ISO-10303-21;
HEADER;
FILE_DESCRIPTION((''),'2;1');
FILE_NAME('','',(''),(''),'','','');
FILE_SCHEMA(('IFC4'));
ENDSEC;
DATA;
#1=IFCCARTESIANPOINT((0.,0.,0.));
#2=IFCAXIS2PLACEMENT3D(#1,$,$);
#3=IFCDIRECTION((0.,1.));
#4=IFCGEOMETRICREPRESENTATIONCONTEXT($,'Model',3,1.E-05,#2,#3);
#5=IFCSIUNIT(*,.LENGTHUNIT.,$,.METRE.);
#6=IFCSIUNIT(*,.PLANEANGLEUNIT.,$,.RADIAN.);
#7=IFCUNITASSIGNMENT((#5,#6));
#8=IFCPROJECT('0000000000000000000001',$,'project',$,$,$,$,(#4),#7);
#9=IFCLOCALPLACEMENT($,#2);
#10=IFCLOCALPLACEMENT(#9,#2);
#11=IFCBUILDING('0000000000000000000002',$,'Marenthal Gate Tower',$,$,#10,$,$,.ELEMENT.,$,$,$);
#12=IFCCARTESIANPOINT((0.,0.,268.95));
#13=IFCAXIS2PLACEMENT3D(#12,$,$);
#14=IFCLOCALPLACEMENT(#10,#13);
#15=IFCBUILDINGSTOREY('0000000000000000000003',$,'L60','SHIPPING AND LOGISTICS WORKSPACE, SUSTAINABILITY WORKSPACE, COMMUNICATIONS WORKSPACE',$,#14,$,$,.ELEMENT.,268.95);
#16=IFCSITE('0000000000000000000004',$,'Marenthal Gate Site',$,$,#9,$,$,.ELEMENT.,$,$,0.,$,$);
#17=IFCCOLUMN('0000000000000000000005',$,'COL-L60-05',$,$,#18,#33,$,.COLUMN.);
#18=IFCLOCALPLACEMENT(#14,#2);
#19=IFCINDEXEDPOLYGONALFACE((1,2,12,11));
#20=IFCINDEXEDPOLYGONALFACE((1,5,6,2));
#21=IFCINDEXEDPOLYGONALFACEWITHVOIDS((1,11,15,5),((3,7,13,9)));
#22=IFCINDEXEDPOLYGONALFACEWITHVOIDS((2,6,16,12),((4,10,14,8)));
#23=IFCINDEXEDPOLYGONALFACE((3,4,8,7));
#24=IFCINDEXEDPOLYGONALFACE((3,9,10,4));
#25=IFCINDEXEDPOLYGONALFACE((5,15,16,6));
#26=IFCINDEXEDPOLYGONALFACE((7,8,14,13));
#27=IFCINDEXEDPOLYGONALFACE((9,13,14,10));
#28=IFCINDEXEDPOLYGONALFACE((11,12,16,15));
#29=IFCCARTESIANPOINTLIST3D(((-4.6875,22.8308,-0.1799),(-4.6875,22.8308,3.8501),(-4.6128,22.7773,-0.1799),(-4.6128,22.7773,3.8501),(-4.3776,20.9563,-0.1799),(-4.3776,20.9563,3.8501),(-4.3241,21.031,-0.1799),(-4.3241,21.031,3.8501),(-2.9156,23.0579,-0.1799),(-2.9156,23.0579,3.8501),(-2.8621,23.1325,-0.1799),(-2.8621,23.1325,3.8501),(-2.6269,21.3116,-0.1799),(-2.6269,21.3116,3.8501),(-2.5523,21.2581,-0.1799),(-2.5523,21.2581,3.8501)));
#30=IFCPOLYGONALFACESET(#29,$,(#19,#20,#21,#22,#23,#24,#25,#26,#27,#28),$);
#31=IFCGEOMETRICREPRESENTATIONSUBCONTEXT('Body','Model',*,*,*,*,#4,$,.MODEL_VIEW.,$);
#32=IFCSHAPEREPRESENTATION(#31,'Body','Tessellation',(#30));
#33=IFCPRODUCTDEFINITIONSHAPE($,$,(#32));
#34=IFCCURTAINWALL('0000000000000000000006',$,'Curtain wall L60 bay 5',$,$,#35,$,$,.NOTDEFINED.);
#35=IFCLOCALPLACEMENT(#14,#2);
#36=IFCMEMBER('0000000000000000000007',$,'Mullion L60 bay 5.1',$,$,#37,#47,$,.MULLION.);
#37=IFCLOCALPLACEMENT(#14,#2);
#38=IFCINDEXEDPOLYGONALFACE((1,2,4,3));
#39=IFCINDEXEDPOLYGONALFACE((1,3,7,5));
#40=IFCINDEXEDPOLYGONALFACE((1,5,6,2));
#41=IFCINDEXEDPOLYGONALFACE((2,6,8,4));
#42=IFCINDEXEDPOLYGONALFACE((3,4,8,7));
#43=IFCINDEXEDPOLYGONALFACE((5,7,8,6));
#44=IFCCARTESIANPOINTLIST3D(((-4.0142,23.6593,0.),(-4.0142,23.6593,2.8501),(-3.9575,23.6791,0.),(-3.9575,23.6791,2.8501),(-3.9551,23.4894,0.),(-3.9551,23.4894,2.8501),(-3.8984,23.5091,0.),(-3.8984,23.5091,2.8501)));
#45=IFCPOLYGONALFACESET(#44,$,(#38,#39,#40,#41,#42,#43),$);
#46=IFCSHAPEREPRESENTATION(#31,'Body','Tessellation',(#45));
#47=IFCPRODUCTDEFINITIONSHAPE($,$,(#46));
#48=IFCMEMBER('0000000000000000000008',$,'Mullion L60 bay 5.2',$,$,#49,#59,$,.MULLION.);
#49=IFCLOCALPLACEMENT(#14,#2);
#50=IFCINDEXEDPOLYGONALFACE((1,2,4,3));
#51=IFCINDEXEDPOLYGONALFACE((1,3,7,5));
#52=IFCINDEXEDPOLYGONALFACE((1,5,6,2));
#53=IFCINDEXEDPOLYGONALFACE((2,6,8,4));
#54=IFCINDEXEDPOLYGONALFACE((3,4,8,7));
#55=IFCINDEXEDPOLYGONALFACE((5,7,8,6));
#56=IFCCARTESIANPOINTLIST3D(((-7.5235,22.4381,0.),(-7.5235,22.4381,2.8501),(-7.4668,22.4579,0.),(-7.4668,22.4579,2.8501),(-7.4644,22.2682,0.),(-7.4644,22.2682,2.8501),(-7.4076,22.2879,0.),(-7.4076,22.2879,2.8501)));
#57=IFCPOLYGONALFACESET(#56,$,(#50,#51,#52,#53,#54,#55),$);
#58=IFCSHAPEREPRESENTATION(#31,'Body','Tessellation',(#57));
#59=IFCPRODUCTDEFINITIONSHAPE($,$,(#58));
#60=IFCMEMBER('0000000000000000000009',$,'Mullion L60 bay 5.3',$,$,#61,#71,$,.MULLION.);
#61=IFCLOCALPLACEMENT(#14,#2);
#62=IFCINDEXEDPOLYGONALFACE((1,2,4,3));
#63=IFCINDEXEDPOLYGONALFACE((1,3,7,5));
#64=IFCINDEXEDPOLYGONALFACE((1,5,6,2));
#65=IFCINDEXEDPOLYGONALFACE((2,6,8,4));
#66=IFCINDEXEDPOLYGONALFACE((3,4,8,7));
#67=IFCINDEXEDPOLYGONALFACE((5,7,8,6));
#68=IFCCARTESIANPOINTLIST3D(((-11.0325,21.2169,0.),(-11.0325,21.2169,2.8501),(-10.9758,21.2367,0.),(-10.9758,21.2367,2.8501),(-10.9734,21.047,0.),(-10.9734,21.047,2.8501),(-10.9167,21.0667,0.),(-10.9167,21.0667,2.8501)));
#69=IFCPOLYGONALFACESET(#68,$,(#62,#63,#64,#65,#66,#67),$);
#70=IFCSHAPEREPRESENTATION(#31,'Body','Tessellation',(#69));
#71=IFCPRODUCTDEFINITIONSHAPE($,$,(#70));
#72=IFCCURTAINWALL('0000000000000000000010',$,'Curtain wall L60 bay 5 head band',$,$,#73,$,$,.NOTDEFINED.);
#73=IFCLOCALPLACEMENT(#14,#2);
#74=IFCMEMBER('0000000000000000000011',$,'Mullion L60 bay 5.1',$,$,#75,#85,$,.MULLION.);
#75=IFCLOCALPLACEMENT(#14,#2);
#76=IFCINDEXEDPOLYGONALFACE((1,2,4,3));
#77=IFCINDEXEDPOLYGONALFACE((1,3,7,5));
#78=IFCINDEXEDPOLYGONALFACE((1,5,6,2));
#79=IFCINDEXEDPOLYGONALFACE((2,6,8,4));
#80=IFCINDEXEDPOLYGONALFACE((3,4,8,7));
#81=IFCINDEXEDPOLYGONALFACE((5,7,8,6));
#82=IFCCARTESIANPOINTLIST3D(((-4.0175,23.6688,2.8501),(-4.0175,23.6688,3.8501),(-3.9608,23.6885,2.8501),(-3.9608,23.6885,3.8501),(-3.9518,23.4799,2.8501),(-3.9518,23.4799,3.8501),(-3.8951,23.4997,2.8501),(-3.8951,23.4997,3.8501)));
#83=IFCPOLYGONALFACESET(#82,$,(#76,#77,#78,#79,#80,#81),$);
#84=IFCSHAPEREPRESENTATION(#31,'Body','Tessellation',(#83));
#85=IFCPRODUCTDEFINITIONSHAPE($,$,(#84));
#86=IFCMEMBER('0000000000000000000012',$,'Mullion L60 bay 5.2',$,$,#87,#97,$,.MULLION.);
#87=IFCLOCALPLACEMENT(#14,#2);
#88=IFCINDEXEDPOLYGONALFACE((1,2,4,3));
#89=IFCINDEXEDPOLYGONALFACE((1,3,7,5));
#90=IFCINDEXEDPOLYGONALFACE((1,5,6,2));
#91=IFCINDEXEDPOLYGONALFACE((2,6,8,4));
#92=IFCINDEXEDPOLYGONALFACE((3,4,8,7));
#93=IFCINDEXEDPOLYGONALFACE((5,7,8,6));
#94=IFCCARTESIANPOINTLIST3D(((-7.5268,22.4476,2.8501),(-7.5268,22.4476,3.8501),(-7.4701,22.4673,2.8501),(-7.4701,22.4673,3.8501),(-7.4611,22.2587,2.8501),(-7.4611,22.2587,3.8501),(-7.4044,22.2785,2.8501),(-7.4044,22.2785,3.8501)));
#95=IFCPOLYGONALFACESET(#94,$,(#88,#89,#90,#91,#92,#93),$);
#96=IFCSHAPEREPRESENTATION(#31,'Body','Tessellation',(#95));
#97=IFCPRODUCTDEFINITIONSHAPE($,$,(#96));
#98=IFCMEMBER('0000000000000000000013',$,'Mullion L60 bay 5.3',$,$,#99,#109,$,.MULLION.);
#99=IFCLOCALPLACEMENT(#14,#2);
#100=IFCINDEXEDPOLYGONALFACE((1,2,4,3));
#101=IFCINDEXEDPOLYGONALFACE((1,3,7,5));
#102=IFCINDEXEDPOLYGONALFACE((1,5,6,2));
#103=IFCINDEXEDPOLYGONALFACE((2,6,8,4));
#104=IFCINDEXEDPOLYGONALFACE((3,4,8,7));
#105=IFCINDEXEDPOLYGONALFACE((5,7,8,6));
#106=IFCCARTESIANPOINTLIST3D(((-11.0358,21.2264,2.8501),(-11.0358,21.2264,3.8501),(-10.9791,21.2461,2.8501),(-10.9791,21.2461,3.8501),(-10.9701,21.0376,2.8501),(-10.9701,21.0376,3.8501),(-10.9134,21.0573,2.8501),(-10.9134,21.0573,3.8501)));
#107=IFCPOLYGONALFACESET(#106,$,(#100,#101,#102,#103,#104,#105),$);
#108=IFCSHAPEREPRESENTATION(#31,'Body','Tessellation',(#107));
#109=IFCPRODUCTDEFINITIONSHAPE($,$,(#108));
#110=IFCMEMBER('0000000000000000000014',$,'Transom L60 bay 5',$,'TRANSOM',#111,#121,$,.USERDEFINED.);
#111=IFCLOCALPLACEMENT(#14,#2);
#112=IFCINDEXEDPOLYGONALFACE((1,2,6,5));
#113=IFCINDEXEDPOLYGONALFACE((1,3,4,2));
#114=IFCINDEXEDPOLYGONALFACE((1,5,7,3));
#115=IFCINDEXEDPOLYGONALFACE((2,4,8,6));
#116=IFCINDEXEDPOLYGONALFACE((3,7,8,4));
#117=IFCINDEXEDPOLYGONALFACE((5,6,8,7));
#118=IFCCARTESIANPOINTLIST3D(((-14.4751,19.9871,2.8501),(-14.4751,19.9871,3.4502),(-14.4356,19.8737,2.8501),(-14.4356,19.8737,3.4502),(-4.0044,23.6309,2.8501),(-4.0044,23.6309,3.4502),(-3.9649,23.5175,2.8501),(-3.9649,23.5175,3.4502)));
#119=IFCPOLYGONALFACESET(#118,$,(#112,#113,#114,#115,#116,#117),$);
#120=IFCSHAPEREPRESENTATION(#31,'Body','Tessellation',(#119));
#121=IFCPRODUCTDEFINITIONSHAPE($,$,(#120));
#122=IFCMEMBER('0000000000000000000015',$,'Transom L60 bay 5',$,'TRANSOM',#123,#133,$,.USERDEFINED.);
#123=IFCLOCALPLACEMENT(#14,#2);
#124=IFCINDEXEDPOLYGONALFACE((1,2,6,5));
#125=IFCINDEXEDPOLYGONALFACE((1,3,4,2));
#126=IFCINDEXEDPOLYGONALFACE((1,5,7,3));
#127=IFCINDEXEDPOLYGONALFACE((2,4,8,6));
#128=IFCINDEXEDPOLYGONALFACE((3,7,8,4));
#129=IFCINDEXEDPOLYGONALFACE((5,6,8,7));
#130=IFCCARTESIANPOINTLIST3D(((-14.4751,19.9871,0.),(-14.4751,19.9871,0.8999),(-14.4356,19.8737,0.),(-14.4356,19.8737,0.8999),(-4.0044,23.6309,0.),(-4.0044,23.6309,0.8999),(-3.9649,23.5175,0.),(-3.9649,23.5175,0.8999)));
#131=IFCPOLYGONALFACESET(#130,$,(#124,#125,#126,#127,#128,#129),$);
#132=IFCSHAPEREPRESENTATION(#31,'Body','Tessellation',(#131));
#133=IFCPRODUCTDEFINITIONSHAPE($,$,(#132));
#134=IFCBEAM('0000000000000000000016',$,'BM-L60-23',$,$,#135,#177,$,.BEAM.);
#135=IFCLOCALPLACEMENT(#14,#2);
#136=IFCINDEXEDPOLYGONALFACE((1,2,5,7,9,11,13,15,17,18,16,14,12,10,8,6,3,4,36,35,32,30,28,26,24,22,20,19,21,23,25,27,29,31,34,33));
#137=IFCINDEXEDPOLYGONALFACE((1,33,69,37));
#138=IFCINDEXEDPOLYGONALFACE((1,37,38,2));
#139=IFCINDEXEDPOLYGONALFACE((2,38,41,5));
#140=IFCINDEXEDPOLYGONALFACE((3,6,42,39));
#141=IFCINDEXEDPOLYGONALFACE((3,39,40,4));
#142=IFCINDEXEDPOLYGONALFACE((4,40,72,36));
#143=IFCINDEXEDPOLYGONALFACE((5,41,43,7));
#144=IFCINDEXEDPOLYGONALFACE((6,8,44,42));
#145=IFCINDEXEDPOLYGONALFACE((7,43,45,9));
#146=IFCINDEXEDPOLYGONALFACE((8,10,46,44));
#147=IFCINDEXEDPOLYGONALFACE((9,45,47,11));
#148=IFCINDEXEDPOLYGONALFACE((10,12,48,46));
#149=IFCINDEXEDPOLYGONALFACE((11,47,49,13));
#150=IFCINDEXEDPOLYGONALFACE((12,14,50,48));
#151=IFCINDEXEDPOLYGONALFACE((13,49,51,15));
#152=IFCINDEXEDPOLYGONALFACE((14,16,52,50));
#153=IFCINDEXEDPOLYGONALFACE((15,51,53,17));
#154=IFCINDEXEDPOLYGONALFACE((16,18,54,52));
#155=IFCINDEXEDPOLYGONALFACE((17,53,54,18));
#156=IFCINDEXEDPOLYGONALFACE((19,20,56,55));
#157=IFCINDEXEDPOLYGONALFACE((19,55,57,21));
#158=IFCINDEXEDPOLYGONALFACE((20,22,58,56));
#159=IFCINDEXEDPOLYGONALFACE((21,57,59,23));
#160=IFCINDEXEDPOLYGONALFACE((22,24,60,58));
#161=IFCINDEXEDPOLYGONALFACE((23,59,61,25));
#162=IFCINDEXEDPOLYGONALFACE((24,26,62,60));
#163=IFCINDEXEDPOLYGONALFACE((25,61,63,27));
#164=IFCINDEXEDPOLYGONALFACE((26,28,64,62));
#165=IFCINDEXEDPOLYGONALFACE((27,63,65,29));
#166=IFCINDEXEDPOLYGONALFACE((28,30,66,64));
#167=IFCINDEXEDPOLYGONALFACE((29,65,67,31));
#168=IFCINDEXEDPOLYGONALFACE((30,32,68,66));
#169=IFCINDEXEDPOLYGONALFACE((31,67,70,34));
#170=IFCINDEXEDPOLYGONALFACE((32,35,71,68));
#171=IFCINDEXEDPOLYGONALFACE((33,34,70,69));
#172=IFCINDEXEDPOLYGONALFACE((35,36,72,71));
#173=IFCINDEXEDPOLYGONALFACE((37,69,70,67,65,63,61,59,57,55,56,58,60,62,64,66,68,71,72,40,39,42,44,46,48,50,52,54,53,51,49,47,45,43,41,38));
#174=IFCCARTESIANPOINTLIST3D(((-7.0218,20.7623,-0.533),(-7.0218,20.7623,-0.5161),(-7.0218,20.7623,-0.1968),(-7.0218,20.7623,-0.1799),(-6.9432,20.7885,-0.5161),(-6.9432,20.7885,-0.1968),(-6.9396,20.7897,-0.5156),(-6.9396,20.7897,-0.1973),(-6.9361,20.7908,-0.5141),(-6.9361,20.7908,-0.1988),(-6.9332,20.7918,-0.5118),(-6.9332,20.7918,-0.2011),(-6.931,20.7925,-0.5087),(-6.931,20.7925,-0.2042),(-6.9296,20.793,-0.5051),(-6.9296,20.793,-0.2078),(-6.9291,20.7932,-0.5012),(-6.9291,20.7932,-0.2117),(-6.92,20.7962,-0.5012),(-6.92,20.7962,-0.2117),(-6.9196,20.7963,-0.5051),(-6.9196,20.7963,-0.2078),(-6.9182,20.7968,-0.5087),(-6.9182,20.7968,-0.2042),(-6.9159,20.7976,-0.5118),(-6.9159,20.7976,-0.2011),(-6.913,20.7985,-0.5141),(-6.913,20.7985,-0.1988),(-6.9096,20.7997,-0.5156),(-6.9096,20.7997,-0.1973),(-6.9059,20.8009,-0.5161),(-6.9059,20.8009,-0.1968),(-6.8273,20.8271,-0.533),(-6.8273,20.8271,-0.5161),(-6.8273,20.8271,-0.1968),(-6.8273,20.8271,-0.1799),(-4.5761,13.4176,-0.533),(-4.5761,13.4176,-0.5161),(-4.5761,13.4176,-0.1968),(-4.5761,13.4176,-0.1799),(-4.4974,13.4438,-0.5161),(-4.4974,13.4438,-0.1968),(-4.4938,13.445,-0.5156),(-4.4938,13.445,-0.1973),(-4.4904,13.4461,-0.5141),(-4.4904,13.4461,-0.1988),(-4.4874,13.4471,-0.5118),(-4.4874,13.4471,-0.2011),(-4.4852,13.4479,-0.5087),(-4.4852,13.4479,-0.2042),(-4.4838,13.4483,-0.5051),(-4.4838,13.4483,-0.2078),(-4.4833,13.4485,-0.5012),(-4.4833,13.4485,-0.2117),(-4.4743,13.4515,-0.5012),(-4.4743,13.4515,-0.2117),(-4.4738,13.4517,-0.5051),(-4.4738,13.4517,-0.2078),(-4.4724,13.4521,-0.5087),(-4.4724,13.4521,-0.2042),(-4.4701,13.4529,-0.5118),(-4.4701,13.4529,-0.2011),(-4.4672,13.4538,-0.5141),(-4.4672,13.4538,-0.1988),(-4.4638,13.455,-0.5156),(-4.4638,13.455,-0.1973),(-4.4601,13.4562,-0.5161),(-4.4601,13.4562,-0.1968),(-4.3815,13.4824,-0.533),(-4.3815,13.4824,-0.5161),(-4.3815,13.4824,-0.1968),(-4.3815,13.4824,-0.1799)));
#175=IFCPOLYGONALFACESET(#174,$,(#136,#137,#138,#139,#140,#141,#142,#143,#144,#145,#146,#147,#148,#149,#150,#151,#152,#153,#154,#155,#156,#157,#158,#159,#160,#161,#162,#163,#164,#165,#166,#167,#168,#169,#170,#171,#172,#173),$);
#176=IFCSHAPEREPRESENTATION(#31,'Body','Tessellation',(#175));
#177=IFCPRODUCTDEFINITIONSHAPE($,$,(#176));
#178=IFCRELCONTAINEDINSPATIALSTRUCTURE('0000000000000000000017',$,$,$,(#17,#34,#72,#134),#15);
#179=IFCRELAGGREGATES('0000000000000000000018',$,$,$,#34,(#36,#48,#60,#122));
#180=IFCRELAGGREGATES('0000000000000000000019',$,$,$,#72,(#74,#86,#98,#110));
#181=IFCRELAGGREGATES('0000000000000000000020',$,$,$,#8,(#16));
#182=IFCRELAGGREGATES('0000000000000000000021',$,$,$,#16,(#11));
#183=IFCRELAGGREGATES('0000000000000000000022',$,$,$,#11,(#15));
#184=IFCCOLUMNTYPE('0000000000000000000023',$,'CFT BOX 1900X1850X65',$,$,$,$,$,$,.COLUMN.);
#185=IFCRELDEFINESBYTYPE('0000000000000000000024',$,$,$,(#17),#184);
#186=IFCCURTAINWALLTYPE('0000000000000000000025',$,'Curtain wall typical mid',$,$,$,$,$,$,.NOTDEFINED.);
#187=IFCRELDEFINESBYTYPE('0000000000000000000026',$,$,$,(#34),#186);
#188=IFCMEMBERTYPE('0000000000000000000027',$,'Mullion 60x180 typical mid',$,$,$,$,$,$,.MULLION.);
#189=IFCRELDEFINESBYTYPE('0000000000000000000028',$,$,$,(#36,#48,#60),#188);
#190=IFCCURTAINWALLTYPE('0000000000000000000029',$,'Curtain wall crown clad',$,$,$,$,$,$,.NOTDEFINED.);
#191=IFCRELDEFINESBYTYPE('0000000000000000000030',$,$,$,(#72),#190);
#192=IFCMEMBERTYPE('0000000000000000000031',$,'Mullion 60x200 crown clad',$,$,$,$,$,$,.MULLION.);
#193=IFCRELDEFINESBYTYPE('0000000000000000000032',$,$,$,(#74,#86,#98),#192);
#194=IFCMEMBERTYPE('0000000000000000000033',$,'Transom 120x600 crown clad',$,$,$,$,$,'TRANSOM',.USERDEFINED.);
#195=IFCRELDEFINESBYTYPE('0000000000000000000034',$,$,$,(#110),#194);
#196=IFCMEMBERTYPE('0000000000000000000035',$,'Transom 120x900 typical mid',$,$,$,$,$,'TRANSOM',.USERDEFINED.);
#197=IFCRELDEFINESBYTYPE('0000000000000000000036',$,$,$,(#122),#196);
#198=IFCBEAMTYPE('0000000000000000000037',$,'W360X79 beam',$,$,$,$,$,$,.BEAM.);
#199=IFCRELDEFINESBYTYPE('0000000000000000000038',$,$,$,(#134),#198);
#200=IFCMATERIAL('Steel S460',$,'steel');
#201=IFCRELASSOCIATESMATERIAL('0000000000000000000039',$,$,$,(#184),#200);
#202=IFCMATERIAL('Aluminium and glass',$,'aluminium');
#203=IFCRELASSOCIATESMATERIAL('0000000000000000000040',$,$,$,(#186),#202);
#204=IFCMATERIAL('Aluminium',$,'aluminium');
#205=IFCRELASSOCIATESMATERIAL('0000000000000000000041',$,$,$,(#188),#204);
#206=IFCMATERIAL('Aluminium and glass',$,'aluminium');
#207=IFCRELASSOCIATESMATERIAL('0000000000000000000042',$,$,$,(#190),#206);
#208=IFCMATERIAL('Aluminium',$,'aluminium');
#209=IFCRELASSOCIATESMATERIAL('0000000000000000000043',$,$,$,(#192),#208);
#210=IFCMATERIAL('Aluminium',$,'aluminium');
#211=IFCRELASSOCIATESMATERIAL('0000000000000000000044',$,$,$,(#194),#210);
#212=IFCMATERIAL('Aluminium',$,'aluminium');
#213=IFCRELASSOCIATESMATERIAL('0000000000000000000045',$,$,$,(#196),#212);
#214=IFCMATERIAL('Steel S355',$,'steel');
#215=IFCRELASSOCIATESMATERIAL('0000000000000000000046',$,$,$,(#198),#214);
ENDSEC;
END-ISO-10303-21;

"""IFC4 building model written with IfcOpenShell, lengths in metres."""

from ifc_helpers import new_model, si_unit, direction, frame, origin, origin_2d, place, context, subcontext, project, spatial, rectangle, hollow_rectangle, i_section, extrude, material, material_profile, profile_set, type_object, element, aggregate, save


model = new_model("IFC4")

# Units and contexts
model_context = context("Model", 3, precision=1e-05, world=origin(), true_north=direction((0.0, 1.0)))
body_context = subcontext(model_context, "Body", "Model", "MODEL_VIEW")
ifc_project = project(units=[si_unit("LENGTHUNIT", "METRE"), si_unit("PLANEANGLEUNIT", "RADIAN")], contexts=[model_context])

# Site, building, storey
site_placement = place(None, origin())
site = spatial("IfcSite", under=ifc_project, at=site_placement, Name="Marenthal Gate Site", CompositionType="ELEMENT", RefElevation=0.0)
building_placement = place(site_placement, origin())
building = spatial("IfcBuilding", under=site, at=building_placement, Name="Marenthal Gate Tower", CompositionType="ELEMENT")
storey_placement = place(building_placement, frame((0.0, 0.0, 268.95)))
storey = spatial("IfcBuildingStorey", under=building, at=storey_placement, Name="L60", Description="SHIPPING AND LOGISTICS WORKSPACE, SUSTAINABILITY WORKSPACE, COMMUNICATIONS WORKSPACE", CompositionType="ELEMENT", Elevation=268.95)

# Column
ifc_material_1 = material(Name="Steel S460", Category="steel")
ifc_material_profile_1 = material_profile(ifc_material_1, hollow_rectangle(XDim=1.8501, YDim=1.8999, WallThickness=0.0649, at=origin_2d()), Name="CFT BOX 1900X1850X65")
ifc_material_2 = material(Name="Concrete 70 MPa", Category="concrete")
ifc_material_profile_2 = material_profile(ifc_material_2, rectangle(XDim=1.72, YDim=1.77, at=origin_2d()), Name="CFT BOX 1900X1850X65 INFILL")
ifc_profile_set_1 = profile_set([ifc_material_profile_1, ifc_material_profile_2], Name="Steel S460 shell, Concrete 70 MPa infill")
column_type = type_object("IfcColumnType", Name="CFT BOX 1900X1850X65", PredefinedType="COLUMN", material=ifc_profile_set_1)
column_placement = place(storey_placement, frame((-3.6199, 22.0444, -0.1799), z_axis=(0.0, 0.0, 1.0), x_axis=(0.98661, 0.163097, 0.0)))
element("IfcColumn", 1, at=column_placement, inside=storey, type_object=column_type, Name="COL-L60-05", PredefinedType="COLUMN", context=body_context, shape_type="SweptSolid", body=[
    extrude(hollow_rectangle(XDim=1.8501, YDim=1.8999, WallThickness=0.0649, at=origin_2d()), origin(), (0.0, 0.0, 1.0), 4.03),
])

# Curtain walls, members
ifc_material_3 = material(Name="Aluminium and glass", Category="aluminium")
curtain_wall_type_1 = type_object("IfcCurtainWallType", Name="Curtain wall typical mid", PredefinedType="NOTDEFINED", material=ifc_material_3)
curtain_wall_1_placement = place(storey_placement, origin())
curtain_wall_1 = element("IfcCurtainWall", 2, at=curtain_wall_1_placement, inside=storey, type_object=curtain_wall_type_1, Name="Curtain wall L60 bay 5", PredefinedType="NOTDEFINED")
ifc_material_4 = material(Name="Aluminium", Category="aluminium")
ifc_material_profile_3 = material_profile(ifc_material_4, rectangle(XDim=0.1799, YDim=0.0601, at=origin_2d()), Name="60x180 aluminium mullion")
ifc_profile_set_2 = profile_set([ifc_material_profile_3], Name="Aluminium")
member_type_1 = type_object("IfcMemberType", Name="Mullion 60x180 typical mid", PredefinedType="MULLION", material=ifc_profile_set_2)
member_1_placement = place(storey_placement, frame((-3.9563, 23.5842, 0.0), z_axis=(0.0, 0.0, 1.0), x_axis=(0.32867, -0.944445, 0.0)))
member_1 = element("IfcMember", 3, at=member_1_placement, type_object=member_type_1, Name="Mullion L60 bay 5.1", PredefinedType="MULLION", context=body_context, shape_type="SweptSolid", body=[
    extrude(rectangle(XDim=0.1799, YDim=0.0601, at=origin_2d()), origin(), (0.0, 0.0, 1.0), 2.8501),
])
member_2_placement = place(storey_placement, frame((-7.4656, 22.363, 0.0), z_axis=(0.0, 0.0, 1.0), x_axis=(0.32867, -0.944445, 0.0)))
member_2 = element("IfcMember", 4, at=member_2_placement, type_object=member_type_1, Name="Mullion L60 bay 5.2", PredefinedType="MULLION", context=body_context, shape_type="SweptSolid", body=[
    extrude(rectangle(XDim=0.1799, YDim=0.0601, at=origin_2d()), origin(), (0.0, 0.0, 1.0), 2.8501),
])
member_3_placement = place(storey_placement, frame((-10.9746, 21.1418, 0.0), z_axis=(0.0, 0.0, 1.0), x_axis=(0.32867, -0.944445, 0.0)))
member_3 = element("IfcMember", 5, at=member_3_placement, type_object=member_type_1, Name="Mullion L60 bay 5.3", PredefinedType="MULLION", context=body_context, shape_type="SweptSolid", body=[
    extrude(rectangle(XDim=0.1799, YDim=0.0601, at=origin_2d()), origin(), (0.0, 0.0, 1.0), 2.8501),
])
ifc_material_5 = material(Name="Aluminium and glass", Category="aluminium")
curtain_wall_type_2 = type_object("IfcCurtainWallType", Name="Curtain wall crown clad", PredefinedType="NOTDEFINED", material=ifc_material_5)
curtain_wall_2_placement = place(storey_placement, origin())
curtain_wall_2 = element("IfcCurtainWall", 6, at=curtain_wall_2_placement, inside=storey, type_object=curtain_wall_type_2, Name="Curtain wall L60 bay 5 head band", PredefinedType="NOTDEFINED")
ifc_material_6 = material(Name="Aluminium", Category="aluminium")
ifc_material_profile_4 = material_profile(ifc_material_6, rectangle(XDim=0.2, YDim=0.0601, at=origin_2d()), Name="60x200 aluminium mullion")
ifc_profile_set_3 = profile_set([ifc_material_profile_4], Name="Aluminium")
member_type_2 = type_object("IfcMemberType", Name="Mullion 60x200 crown clad", PredefinedType="MULLION", material=ifc_profile_set_3)
member_4_placement = place(storey_placement, frame((-3.9563, 23.5842, 2.8501), z_axis=(0.0, 0.0, 1.0), x_axis=(0.32867, -0.944445, 0.0)))
member_4 = element("IfcMember", 7, at=member_4_placement, type_object=member_type_2, Name="Mullion L60 bay 5.1", PredefinedType="MULLION", context=body_context, shape_type="SweptSolid", body=[
    extrude(rectangle(XDim=0.2, YDim=0.0601, at=origin_2d()), origin(), (0.0, 0.0, 1.0), 1.0),
])
member_5_placement = place(storey_placement, frame((-7.4656, 22.363, 2.8501), z_axis=(0.0, 0.0, 1.0), x_axis=(0.32867, -0.944445, 0.0)))
member_5 = element("IfcMember", 8, at=member_5_placement, type_object=member_type_2, Name="Mullion L60 bay 5.2", PredefinedType="MULLION", context=body_context, shape_type="SweptSolid", body=[
    extrude(rectangle(XDim=0.2, YDim=0.0601, at=origin_2d()), origin(), (0.0, 0.0, 1.0), 1.0),
])
member_6_placement = place(storey_placement, frame((-10.9746, 21.1418, 2.8501), z_axis=(0.0, 0.0, 1.0), x_axis=(0.32867, -0.944445, 0.0)))
member_6 = element("IfcMember", 9, at=member_6_placement, type_object=member_type_2, Name="Mullion L60 bay 5.3", PredefinedType="MULLION", context=body_context, shape_type="SweptSolid", body=[
    extrude(rectangle(XDim=0.2, YDim=0.0601, at=origin_2d()), origin(), (0.0, 0.0, 1.0), 1.0),
])
ifc_material_7 = material(Name="Aluminium", Category="aluminium")
ifc_material_profile_5 = material_profile(ifc_material_7, rectangle(XDim=0.1201, YDim=0.6001, at=origin_2d()), Name="120x600 aluminium transom")
ifc_profile_set_4 = profile_set([ifc_material_profile_5], Name="Aluminium")
member_type_3 = type_object("IfcMemberType", Name="Transom 120x600 crown clad", ElementType="TRANSOM", PredefinedType="USERDEFINED", material=ifc_profile_set_4)
member_7_placement = place(storey_placement, frame((-3.9846, 23.5742, 3.1501), z_axis=(-0.944446, -0.328667, 0.0), x_axis=(0.328667, -0.944446, 0.0)))
member_7 = element("IfcMember", 10, at=member_7_placement, type_object=member_type_3, Name="Transom L60 bay 5", ObjectType="TRANSOM", PredefinedType="USERDEFINED", context=body_context, shape_type="SweptSolid", body=[
    extrude(rectangle(XDim=0.1201, YDim=0.6001, at=origin_2d()), origin(), (0.0, 0.0, 1.0), 11.0867),
])

# Member
ifc_material_8 = material(Name="Aluminium", Category="aluminium")
ifc_material_profile_6 = material_profile(ifc_material_8, rectangle(XDim=0.1201, YDim=0.8999, at=origin_2d()), Name="120x900 aluminium transom")
ifc_profile_set_5 = profile_set([ifc_material_profile_6], Name="Aluminium")
member_type_4 = type_object("IfcMemberType", Name="Transom 120x900 typical mid", ElementType="TRANSOM", PredefinedType="USERDEFINED", material=ifc_profile_set_5)
member_8_placement = place(storey_placement, frame((-3.9846, 23.5742, 0.45), z_axis=(-0.944446, -0.328667, 0.0), x_axis=(0.328667, -0.944446, 0.0)))
member_8 = element("IfcMember", 11, at=member_8_placement, type_object=member_type_4, Name="Transom L60 bay 5", ObjectType="TRANSOM", PredefinedType="USERDEFINED", context=body_context, shape_type="SweptSolid", body=[
    extrude(rectangle(XDim=0.1201, YDim=0.8999, at=origin_2d()), origin(), (0.0, 0.0, 1.0), 11.0867),
])

# Beam
ifc_material_9 = material(Name="Steel S355", Category="steel")
ifc_material_profile_7 = material_profile(ifc_material_9, i_section(OverallWidth=0.2051, OverallDepth=0.353, WebThickness=0.0095, FlangeThickness=0.0168, FilletRadius=0.0149, at=origin_2d()), Name="W360X79")
ifc_profile_set_6 = profile_set([ifc_material_profile_7], Name="Steel S355")
beam_type_1 = type_object("IfcBeamType", Name="W360X79 beam", PredefinedType="BEAM", material=ifc_profile_set_6)
beam_1_placement = place(storey_placement, frame((-6.9246, 20.7947, -0.3564), z_axis=(0.315944, -0.948778, 0.0), x_axis=(0.948778, 0.315944, 0.0)))
element("IfcBeam", 12, at=beam_1_placement, inside=storey, type_object=beam_type_1, Name="BM-L60-23", PredefinedType="BEAM", context=body_context, shape_type="SweptSolid", body=[
    extrude(i_section(OverallWidth=0.2051, OverallDepth=0.353, WebThickness=0.0095, FlangeThickness=0.0168, FilletRadius=0.0149, at=origin_2d()), origin(), (0.0, 0.0, 1.0), 7.7412),
])

aggregate(curtain_wall_1, [member_1, member_2, member_3, member_8])
aggregate(curtain_wall_2, [member_4, member_5, member_6, member_7])

save(model, "model.ifc")
